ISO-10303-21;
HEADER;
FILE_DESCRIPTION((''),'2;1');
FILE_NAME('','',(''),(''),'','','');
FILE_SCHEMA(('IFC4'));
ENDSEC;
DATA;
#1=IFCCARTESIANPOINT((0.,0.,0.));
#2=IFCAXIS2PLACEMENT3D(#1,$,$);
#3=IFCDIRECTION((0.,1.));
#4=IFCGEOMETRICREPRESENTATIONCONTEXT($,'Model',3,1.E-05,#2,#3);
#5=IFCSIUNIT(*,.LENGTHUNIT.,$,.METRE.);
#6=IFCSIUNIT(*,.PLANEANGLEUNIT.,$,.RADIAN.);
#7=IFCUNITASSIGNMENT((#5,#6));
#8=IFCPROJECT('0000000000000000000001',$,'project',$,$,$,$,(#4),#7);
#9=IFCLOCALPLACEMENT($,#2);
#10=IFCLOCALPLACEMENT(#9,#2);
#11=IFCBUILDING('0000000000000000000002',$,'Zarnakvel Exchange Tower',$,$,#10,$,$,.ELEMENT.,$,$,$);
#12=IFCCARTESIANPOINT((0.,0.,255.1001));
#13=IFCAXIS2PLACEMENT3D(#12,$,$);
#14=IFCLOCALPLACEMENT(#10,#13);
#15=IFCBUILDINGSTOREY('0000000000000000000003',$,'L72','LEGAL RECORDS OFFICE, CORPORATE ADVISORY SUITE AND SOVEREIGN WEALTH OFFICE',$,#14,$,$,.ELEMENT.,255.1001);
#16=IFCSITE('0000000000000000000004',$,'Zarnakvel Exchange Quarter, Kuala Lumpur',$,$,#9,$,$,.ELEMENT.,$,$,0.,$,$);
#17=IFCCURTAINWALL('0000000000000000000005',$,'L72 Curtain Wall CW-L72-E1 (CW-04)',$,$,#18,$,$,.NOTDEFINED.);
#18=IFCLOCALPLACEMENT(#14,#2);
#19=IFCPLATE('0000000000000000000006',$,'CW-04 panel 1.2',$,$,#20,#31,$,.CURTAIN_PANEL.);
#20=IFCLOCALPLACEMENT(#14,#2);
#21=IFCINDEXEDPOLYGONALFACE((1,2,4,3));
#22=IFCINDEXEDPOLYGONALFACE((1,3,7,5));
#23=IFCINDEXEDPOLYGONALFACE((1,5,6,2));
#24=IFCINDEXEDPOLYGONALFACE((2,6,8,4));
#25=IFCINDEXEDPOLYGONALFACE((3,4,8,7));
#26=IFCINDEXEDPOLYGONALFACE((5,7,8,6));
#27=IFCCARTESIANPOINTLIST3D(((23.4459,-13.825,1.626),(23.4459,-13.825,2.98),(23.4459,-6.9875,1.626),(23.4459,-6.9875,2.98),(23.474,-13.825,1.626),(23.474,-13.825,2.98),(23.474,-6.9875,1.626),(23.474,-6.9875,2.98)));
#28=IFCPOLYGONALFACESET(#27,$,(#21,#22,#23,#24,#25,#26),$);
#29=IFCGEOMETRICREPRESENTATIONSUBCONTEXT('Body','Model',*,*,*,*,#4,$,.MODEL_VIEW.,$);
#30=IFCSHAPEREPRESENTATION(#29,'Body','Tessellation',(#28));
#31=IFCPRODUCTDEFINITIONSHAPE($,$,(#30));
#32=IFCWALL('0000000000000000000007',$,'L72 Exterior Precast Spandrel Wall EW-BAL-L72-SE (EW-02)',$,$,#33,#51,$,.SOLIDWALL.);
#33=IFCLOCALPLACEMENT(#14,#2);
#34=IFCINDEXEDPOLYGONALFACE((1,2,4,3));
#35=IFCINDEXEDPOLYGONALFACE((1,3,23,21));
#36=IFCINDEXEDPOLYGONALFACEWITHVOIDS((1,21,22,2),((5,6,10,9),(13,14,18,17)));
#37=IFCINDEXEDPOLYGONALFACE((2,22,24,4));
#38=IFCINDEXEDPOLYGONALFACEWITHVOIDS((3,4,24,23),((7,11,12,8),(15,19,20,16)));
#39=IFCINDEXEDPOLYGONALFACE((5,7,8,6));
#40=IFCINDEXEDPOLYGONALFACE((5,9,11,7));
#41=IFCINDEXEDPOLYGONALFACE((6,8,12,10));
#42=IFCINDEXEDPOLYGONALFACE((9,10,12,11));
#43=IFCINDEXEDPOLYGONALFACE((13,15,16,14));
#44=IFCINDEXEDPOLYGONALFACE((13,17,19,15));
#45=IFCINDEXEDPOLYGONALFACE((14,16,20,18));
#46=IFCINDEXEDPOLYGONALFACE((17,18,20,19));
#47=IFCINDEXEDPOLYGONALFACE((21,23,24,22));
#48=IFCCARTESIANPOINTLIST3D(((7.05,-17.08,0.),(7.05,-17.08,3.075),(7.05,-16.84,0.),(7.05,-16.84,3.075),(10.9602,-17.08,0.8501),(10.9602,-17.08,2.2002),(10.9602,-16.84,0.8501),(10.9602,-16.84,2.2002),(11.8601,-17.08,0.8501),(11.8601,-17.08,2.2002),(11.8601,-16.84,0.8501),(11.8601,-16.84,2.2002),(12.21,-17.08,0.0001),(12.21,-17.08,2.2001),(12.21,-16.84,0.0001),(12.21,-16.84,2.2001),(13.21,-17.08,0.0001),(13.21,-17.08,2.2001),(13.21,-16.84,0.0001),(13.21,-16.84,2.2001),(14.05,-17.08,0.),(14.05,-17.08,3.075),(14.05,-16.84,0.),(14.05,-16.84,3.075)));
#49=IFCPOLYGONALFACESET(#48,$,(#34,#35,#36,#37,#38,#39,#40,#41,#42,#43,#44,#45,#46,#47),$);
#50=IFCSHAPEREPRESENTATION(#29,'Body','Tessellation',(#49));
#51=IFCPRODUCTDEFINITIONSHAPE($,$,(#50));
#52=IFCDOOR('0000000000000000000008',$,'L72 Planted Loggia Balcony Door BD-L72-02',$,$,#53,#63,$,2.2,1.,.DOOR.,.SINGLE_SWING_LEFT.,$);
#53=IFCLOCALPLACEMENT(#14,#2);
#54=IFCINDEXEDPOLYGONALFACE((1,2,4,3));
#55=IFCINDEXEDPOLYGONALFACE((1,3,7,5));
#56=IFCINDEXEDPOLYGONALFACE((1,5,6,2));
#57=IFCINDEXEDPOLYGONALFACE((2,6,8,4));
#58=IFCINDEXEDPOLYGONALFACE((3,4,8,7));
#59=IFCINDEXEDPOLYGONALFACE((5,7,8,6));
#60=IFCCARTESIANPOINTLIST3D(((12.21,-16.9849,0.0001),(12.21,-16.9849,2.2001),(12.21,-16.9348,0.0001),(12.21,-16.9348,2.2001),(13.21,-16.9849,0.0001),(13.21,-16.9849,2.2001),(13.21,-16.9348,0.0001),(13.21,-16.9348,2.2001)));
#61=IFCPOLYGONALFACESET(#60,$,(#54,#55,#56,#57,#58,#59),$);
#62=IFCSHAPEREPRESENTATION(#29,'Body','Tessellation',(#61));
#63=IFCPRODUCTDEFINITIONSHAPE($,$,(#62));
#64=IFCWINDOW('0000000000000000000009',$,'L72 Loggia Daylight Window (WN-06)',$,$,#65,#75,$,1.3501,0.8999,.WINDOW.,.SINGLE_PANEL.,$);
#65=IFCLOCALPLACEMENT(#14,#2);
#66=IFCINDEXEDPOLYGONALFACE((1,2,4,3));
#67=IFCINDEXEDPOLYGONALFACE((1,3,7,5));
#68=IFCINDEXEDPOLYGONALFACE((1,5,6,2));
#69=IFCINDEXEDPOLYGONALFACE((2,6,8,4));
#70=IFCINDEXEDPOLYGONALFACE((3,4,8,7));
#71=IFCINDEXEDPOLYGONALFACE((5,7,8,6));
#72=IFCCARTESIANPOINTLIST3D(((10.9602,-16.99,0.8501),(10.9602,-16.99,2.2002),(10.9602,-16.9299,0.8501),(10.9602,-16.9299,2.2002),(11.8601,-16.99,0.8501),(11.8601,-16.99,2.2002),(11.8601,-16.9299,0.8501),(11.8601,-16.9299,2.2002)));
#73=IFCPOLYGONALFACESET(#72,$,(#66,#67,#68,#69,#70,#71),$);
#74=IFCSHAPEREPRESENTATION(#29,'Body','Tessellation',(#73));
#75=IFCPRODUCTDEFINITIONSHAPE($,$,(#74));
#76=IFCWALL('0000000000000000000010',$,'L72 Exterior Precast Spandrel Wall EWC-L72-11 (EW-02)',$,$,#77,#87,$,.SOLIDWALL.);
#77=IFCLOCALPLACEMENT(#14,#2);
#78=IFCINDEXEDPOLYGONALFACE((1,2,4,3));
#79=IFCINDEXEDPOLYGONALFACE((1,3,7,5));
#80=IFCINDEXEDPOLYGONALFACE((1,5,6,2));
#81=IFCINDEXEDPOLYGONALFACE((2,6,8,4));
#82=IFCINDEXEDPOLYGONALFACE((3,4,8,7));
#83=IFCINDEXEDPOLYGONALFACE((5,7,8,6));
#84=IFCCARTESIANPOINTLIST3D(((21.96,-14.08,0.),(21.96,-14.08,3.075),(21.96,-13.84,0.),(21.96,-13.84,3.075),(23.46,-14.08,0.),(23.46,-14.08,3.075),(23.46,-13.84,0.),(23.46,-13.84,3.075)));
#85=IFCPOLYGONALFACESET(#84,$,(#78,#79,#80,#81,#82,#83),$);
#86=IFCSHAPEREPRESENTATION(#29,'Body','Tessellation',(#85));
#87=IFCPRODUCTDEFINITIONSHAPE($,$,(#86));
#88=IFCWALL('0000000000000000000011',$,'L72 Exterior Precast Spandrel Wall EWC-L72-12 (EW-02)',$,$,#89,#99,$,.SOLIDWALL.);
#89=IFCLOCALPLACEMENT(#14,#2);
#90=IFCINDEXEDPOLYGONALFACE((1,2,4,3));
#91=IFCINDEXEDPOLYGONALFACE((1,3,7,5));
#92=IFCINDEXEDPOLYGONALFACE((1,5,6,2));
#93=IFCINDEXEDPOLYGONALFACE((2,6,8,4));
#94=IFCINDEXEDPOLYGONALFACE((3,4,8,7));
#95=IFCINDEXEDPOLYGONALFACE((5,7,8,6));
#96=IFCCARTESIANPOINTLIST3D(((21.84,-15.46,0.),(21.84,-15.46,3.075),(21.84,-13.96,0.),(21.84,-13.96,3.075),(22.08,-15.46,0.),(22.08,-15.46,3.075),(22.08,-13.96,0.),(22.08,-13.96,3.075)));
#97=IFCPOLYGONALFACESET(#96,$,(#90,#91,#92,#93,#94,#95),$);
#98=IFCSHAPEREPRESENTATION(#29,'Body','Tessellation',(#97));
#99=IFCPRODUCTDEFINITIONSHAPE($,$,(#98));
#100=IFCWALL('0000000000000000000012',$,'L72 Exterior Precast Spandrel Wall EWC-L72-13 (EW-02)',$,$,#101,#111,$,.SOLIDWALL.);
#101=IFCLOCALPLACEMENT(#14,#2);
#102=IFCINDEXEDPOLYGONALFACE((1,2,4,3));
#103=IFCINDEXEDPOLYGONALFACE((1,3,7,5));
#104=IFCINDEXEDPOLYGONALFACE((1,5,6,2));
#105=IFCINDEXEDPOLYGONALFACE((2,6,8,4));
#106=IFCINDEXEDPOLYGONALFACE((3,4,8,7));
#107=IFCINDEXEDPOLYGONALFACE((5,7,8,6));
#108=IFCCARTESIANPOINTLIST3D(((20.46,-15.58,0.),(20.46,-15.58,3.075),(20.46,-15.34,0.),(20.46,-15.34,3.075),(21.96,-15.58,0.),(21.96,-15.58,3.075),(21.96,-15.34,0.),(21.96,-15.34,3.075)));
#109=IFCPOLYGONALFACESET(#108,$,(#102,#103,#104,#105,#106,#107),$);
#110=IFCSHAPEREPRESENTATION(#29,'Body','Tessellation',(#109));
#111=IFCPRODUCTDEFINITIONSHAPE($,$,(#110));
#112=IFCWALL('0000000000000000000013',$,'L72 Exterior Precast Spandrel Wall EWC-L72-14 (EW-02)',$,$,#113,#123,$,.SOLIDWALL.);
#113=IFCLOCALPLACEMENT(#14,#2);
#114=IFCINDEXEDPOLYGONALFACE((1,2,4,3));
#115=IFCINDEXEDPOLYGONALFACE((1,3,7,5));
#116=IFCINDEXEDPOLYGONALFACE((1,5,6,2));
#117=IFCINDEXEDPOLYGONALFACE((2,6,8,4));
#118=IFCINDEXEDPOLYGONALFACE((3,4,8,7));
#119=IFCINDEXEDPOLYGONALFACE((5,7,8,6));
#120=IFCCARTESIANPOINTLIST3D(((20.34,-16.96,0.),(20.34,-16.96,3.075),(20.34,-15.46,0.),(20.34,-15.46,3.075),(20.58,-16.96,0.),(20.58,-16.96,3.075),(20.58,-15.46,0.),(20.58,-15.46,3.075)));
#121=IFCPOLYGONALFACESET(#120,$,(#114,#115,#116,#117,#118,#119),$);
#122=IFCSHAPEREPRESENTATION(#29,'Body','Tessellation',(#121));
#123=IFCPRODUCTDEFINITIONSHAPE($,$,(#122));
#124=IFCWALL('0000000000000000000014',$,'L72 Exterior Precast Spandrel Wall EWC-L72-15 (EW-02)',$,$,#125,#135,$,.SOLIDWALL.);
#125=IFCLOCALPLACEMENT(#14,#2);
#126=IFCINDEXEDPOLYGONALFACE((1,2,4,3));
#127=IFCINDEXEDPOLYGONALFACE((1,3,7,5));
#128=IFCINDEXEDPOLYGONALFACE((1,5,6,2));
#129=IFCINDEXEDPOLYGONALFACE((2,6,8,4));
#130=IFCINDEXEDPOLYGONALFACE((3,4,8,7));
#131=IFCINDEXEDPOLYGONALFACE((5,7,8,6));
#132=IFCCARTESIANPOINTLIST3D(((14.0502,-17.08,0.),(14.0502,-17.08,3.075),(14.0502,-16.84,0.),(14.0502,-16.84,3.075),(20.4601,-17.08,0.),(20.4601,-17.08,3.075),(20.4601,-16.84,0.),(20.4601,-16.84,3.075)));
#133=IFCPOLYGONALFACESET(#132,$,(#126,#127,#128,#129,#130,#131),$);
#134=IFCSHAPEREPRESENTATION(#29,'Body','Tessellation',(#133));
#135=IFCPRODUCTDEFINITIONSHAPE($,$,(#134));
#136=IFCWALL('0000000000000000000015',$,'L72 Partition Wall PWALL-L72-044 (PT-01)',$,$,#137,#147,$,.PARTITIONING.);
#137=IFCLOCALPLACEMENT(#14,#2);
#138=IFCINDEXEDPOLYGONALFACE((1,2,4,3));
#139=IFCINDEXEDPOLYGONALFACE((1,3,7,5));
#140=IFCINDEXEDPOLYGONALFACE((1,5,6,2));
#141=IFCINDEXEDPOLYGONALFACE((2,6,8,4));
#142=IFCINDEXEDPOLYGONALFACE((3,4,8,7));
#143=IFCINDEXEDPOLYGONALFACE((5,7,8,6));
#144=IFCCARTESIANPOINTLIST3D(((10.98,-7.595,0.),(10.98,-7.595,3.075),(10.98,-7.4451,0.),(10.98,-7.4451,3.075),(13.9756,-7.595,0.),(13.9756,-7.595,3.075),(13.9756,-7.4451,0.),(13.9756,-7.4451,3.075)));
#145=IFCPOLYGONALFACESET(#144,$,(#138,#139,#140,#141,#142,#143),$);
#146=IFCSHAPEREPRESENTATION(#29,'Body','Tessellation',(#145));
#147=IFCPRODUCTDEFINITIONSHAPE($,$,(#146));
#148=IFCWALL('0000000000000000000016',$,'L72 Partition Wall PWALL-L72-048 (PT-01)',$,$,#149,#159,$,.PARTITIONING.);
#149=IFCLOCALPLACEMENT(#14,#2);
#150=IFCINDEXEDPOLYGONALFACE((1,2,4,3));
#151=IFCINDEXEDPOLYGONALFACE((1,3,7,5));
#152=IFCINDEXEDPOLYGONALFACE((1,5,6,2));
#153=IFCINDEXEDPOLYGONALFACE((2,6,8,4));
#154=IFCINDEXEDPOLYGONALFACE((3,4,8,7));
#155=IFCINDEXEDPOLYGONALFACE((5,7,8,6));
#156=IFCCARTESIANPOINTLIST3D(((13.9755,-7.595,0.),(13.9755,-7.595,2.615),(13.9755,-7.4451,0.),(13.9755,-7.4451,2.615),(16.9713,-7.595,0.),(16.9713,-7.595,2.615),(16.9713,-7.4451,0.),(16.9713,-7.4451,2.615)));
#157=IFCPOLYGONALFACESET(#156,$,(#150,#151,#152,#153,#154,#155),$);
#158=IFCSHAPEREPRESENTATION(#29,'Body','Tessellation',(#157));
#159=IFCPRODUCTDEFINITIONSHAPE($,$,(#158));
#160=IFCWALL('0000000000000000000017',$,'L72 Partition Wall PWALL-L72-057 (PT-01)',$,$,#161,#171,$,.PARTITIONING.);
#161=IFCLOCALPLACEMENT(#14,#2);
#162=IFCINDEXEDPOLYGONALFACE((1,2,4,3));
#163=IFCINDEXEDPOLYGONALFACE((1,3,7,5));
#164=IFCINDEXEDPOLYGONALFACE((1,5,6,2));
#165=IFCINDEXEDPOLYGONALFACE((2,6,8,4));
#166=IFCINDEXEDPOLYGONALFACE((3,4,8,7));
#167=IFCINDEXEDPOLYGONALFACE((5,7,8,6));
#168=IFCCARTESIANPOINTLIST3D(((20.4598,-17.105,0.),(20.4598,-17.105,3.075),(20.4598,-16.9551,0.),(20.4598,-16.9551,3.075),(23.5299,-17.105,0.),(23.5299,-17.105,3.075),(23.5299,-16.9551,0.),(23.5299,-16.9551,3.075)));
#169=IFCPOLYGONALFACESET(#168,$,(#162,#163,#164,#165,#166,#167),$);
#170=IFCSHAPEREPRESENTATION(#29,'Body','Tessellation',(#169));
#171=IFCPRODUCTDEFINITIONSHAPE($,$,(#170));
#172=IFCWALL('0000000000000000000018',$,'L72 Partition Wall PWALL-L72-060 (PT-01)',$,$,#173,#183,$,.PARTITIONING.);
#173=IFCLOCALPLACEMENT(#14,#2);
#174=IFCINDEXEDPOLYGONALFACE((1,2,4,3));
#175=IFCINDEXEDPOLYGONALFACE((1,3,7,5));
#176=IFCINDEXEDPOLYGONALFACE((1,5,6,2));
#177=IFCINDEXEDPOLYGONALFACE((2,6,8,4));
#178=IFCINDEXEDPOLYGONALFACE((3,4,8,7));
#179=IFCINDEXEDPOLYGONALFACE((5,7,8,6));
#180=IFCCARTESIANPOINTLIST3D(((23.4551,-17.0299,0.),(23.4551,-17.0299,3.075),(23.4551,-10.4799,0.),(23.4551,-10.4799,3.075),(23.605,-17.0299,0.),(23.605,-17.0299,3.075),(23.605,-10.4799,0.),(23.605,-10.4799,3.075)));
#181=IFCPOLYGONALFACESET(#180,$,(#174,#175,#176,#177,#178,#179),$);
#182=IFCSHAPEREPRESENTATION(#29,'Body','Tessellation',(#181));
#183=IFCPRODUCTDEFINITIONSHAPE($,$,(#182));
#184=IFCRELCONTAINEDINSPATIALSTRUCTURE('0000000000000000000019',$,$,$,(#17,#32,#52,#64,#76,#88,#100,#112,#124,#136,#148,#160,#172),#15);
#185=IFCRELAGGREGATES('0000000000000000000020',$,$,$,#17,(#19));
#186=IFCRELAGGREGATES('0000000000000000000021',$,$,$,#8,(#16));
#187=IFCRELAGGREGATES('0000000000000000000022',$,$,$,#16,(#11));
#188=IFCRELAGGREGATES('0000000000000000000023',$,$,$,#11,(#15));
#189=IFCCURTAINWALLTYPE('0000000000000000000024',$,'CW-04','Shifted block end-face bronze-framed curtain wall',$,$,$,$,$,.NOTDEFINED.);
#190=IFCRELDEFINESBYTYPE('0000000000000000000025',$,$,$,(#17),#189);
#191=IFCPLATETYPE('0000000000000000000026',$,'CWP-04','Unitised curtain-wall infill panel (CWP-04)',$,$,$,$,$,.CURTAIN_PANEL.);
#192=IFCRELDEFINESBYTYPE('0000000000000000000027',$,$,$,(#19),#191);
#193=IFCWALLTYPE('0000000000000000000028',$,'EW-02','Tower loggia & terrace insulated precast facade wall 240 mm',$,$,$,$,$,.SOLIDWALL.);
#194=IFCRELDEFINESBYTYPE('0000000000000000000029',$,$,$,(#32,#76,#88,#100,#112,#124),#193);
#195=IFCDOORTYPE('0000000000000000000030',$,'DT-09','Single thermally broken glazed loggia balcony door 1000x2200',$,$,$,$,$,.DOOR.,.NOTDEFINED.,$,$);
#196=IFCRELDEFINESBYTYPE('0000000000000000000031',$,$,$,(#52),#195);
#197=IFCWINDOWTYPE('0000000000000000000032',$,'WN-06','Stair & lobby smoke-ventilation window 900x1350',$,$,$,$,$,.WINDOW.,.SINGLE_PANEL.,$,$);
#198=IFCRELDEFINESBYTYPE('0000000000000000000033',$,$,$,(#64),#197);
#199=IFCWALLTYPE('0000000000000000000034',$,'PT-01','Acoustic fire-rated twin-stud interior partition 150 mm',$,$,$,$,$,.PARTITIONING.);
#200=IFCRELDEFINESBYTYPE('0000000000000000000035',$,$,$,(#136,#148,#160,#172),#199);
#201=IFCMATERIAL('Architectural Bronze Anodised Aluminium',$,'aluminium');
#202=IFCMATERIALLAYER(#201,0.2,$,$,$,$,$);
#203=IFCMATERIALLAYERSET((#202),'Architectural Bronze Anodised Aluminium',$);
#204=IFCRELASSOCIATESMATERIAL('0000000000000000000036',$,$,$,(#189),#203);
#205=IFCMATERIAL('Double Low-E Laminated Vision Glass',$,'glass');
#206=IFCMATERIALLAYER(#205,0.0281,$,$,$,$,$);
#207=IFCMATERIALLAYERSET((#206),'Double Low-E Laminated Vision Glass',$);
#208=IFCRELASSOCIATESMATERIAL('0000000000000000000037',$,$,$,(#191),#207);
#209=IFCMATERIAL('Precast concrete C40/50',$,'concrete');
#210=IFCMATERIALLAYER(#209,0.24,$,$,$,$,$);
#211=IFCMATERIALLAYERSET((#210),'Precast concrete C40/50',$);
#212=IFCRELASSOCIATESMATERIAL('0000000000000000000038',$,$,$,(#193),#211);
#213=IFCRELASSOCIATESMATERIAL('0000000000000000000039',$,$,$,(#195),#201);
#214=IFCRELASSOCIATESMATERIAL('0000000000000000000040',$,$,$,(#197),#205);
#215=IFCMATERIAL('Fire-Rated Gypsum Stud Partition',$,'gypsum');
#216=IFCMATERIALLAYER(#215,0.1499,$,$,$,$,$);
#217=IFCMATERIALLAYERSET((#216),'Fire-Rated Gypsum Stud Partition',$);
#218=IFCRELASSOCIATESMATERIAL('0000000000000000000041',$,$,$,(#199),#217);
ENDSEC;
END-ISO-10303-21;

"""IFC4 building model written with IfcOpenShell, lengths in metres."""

from ifc_helpers import new_model, si_unit, direction, frame, frame_2d, origin, origin_2d, place, context, subcontext, project, spatial, rectangle, extrude, source, transform, mapped, material, layer, layer_set, type_object, element, fill, aggregate, save


model = new_model("IFC4")

# Units and contexts
model_context = context("Model", 3, precision=1e-05, world=origin(), true_north=direction((0.0, 1.0)))
body_context = subcontext(model_context, "Body", "Model", "MODEL_VIEW")
ifc_project = project(units=[si_unit("LENGTHUNIT", "METRE"), si_unit("PLANEANGLEUNIT", "RADIAN")], contexts=[model_context])

# Site, building, storey
site_placement = place(None, origin())
site = spatial("IfcSite", under=ifc_project, at=site_placement, Name="Zarnakvel Exchange Quarter, Kuala Lumpur", CompositionType="ELEMENT", RefElevation=0.0)
building_placement = place(site_placement, origin())
building = spatial("IfcBuilding", under=site, at=building_placement, Name="Zarnakvel Exchange Tower", CompositionType="ELEMENT")
storey_placement = place(building_placement, frame((0.0, 0.0, 255.1001)))
storey = spatial("IfcBuildingStorey", under=building, at=storey_placement, Name="L72", Description="LEGAL RECORDS OFFICE, CORPORATE ADVISORY SUITE AND SOVEREIGN WEALTH OFFICE", CompositionType="ELEMENT", Elevation=255.1001)

# Curtain wall, plate
ifc_material_1 = material(Name="Architectural Bronze Anodised Aluminium", Category="aluminium")
ifc_layer_1 = layer(ifc_material_1, 0.2)
ifc_layer_set_1 = layer_set([ifc_layer_1], Name="Architectural Bronze Anodised Aluminium")
curtain_wall_type = type_object("IfcCurtainWallType", Name="CW-04", Description="Shifted block end-face bronze-framed curtain wall", PredefinedType="NOTDEFINED", material=ifc_layer_set_1)
curtain_wall_placement = place(storey_placement, origin())
curtain_wall = element("IfcCurtainWall", 1, at=curtain_wall_placement, inside=storey, type_object=curtain_wall_type, Name="L72 Curtain Wall CW-L72-E1 (CW-04)", PredefinedType="NOTDEFINED")
ifc_material_2 = material(Name="Double Low-E Laminated Vision Glass", Category="glass")
ifc_layer_2 = layer(ifc_material_2, 0.0281)
ifc_layer_set_2 = layer_set([ifc_layer_2], Name="Double Low-E Laminated Vision Glass")
plate_type = type_object("IfcPlateType", Name="CWP-04", Description="Unitised curtain-wall infill panel (CWP-04)", PredefinedType="CURTAIN_PANEL", material=ifc_layer_set_2)
shared_shape_1 = source(origin(), body_context, "Body", "SweptSolid", [
    extrude(rectangle(XDim=6.8374, YDim=0.0281, at=origin_2d()), origin(), (0.0, 0.0, 1.0), 1.354),
])
plate_1_placement = place(storey_placement, frame((23.46, -10.4062, 1.626), z_axis=(0.0, 0.0, 1.0), x_axis=(0.0, 1.0, 0.0)))
plate_1 = element("IfcPlate", 2, at=plate_1_placement, type_object=plate_type, Name="CW-04 panel 1.2", PredefinedType="CURTAIN_PANEL", context=body_context, shape_type="MappedRepresentation", body=[
    mapped(shared_shape_1, transform((0.0, 0.0, 0.0), x_axis=(1.0, 0.0, 0.0), y_axis=(0.0, 1.0, 0.0), z_axis=(0.0, 0.0, 1.0), scale=1.0)),
])
aggregate(curtain_wall, [plate_1])

# Wall, openings, door, window
ifc_material_3 = material(Name="Precast concrete C40/50", Category="concrete")
ifc_layer_3 = layer(ifc_material_3, 0.24)
ifc_layer_set_3 = layer_set([ifc_layer_3], Name="Precast concrete C40/50")
wall_type_1 = type_object("IfcWallType", Name="EW-02", Description="Tower loggia & terrace insulated precast facade wall 240 mm", PredefinedType="SOLIDWALL", material=ifc_layer_set_3)
wall_1_placement = place(storey_placement, frame((14.05, -16.96, 0.0), z_axis=(0.0, 0.0, 1.0), x_axis=(-1.0, 0.0, 0.0)))
wall_1 = element("IfcWall", 3, at=wall_1_placement, inside=storey, type_object=wall_type_1, Name="L72 Exterior Precast Spandrel Wall EW-BAL-L72-SE (EW-02)", PredefinedType="SOLIDWALL", context=body_context, shape_type="SweptSolid", body=[
    extrude(rectangle(XDim=7.0, YDim=0.24, at=frame_2d((3.5, 0.0))), origin(), (0.0, 0.0, 1.0), 3.075),
])
opening_1_placement = place(wall_1_placement, frame((0.8401, 0.0, 0.0)))
opening_1 = element("IfcOpeningElement", 4, at=opening_1_placement, cuts=wall_1, PredefinedType="OPENING", context=body_context, shape_type="SweptSolid", body=[
    extrude(rectangle(XDim=1.0, YDim=2.2, at=frame_2d((0.5, 1.1001))), frame((0.0, 0.1299, 0.0), z_axis=(0.0, -1.0, 0.0), x_axis=(1.0, 0.0, 0.0)), (0.0, 0.0, 1.0), 0.26),
])
opening_2_placement = place(wall_1_placement, frame((2.1899, 0.0, 0.8501)))
opening_2 = element("IfcOpeningElement", 5, at=opening_2_placement, cuts=wall_1, PredefinedType="OPENING", context=body_context, shape_type="SweptSolid", body=[
    extrude(rectangle(XDim=0.8999, YDim=1.3501, at=frame_2d((0.45, 0.675))), frame((0.0, 0.1299, 0.0), z_axis=(0.0, -1.0, 0.0), x_axis=(1.0, 0.0, 0.0)), (0.0, 0.0, 1.0), 0.26),
])
door_type = type_object("IfcDoorType", Name="DT-09", Description="Single thermally broken glazed loggia balcony door 1000x2200", OperationType="NOTDEFINED", PredefinedType="DOOR", material=ifc_material_1)
shared_shape_2 = source(origin(), body_context, "Body", "SweptSolid", [
    extrude(rectangle(XDim=1.0, YDim=2.2, at=frame_2d((0.5, 1.1001))), frame((0.0, 0.0249, 0.0), z_axis=(0.0, -1.0, 0.0), x_axis=(1.0, 0.0, 0.0)), (0.0, 0.0, 1.0), 0.05),
])
door_placement = place(opening_1_placement, origin())
door = element("IfcDoor", 6, at=door_placement, inside=storey, type_object=door_type, Name="L72 Planted Loggia Balcony Door BD-L72-02", OperationType="SINGLE_SWING_LEFT", OverallHeight=2.2, OverallWidth=1.0, PredefinedType="DOOR", context=body_context, shape_type="MappedRepresentation", body=[
    mapped(shared_shape_2, transform((0.0, 0.0, 0.0), x_axis=(1.0, 0.0, 0.0), y_axis=(0.0, 1.0, 0.0), z_axis=(0.0, 0.0, 1.0), scale=1.0)),
])
fill(opening_1, door)
window_type = type_object("IfcWindowType", Name="WN-06", Description="Stair & lobby smoke-ventilation window 900x1350", PartitioningType="SINGLE_PANEL", PredefinedType="WINDOW", material=ifc_material_2)
shared_shape_3 = source(origin(), body_context, "Body", "SweptSolid", [
    extrude(rectangle(XDim=0.8999, YDim=1.3501, at=frame_2d((0.45, 0.675))), frame((0.0, 0.03, 0.0), z_axis=(0.0, -1.0, 0.0), x_axis=(1.0, 0.0, 0.0)), (0.0, 0.0, 1.0), 0.0601),
])
window_placement = place(opening_2_placement, origin())
window = element("IfcWindow", 7, at=window_placement, inside=storey, type_object=window_type, Name="L72 Loggia Daylight Window (WN-06)", OverallHeight=1.3501, OverallWidth=0.8999, PartitioningType="SINGLE_PANEL", PredefinedType="WINDOW", context=body_context, shape_type="MappedRepresentation", body=[
    mapped(shared_shape_3, transform((0.0, 0.0, 0.0), x_axis=(1.0, 0.0, 0.0), y_axis=(0.0, 1.0, 0.0), z_axis=(0.0, 0.0, 1.0), scale=1.0)),
])
fill(opening_2, window)

# Walls
for number, where, z_axis, x_axis, name in (
    (8, (21.96, -13.96, 0.0), (0.0, 0.0, 1.0), (1.0, 0.0, 0.0), "L72 Exterior Precast Spandrel Wall EWC-L72-11 (EW-02)"),
    (9, (21.96, -15.46, 0.0), (0.0, 0.0, 1.0), (0.0, 1.0, 0.0), "L72 Exterior Precast Spandrel Wall EWC-L72-12 (EW-02)"),
    (10, (20.46, -15.46, 0.0), (0.0, 0.0, 1.0), (1.0, 0.0, 0.0), "L72 Exterior Precast Spandrel Wall EWC-L72-13 (EW-02)"),
    (11, (20.46, -16.96, 0.0), (0.0, 0.0, 1.0), (0.0, 1.0, 0.0), "L72 Exterior Precast Spandrel Wall EWC-L72-14 (EW-02)"),
):
    element("IfcWall", number, at=place(storey_placement, frame(where, z_axis=z_axis, x_axis=x_axis)), inside=storey, type_object=wall_type_1, Name=name, PredefinedType="SOLIDWALL", context=body_context, shape_type="SweptSolid", body=[
        extrude(rectangle(XDim=1.5, YDim=0.24, at=frame_2d((0.75, 0.0))), origin(), (0.0, 0.0, 1.0), 3.075),
    ])
wall_2_placement = place(storey_placement, frame((14.05, -16.96, 0.0), z_axis=(0.0, 0.0, 1.0), x_axis=(1.0, 0.0, 0.0)))
element("IfcWall", 12, at=wall_2_placement, inside=storey, type_object=wall_type_1, Name="L72 Exterior Precast Spandrel Wall EWC-L72-15 (EW-02)", PredefinedType="SOLIDWALL", context=body_context, shape_type="SweptSolid", body=[
    extrude(rectangle(XDim=6.4099, YDim=0.24, at=frame_2d((3.2051, 0.0))), origin(), (0.0, 0.0, 1.0), 3.075),
])
ifc_material_4 = material(Name="Fire-Rated Gypsum Stud Partition", Category="gypsum")
ifc_layer_4 = layer(ifc_material_4, 0.1499)
ifc_layer_set_4 = layer_set([ifc_layer_4], Name="Fire-Rated Gypsum Stud Partition")
wall_type_2 = type_object("IfcWallType", Name="PT-01", Description="Acoustic fire-rated twin-stud interior partition 150 mm", PredefinedType="PARTITIONING", material=ifc_layer_set_4)
wall_3_placement = place(storey_placement, frame((13.9756, -7.52, 0.0), z_axis=(0.0, 0.0, 1.0), x_axis=(-1.0, 0.0, 0.0)))
element("IfcWall", 13, at=wall_3_placement, inside=storey, type_object=wall_type_2, Name="L72 Partition Wall PWALL-L72-044 (PT-01)", PredefinedType="PARTITIONING", context=body_context, shape_type="SweptSolid", body=[
    extrude(rectangle(XDim=2.9956, YDim=0.1499, at=frame_2d((1.4978, 0.0))), origin(), (0.0, 0.0, 1.0), 3.075),
])
wall_4_placement = place(storey_placement, frame((16.9714, -7.52, 0.0), z_axis=(0.0, 0.0, 1.0), x_axis=(-1.0, 0.0, 0.0)))
element("IfcWall", 14, at=wall_4_placement, inside=storey, type_object=wall_type_2, Name="L72 Partition Wall PWALL-L72-048 (PT-01)", PredefinedType="PARTITIONING", context=body_context, shape_type="SweptSolid", body=[
    extrude(rectangle(XDim=2.9958, YDim=0.1499, at=frame_2d((1.498, 0.0))), origin(), (0.0, 0.0, 1.0), 2.615),
])
wall_5_placement = place(storey_placement, frame((23.53, -17.03, 0.0), z_axis=(0.0, 0.0, 1.0), x_axis=(-1.0, 0.0, 0.0)))
element("IfcWall", 15, at=wall_5_placement, inside=storey, type_object=wall_type_2, Name="L72 Partition Wall PWALL-L72-057 (PT-01)", PredefinedType="PARTITIONING", context=body_context, shape_type="SweptSolid", body=[
    extrude(rectangle(XDim=3.0701, YDim=0.1499, at=frame_2d((1.5352, 0.0))), origin(), (0.0, 0.0, 1.0), 3.075),
])
wall_6_placement = place(storey_placement, frame((23.53, -10.48, 0.0), z_axis=(0.0, 0.0, 1.0), x_axis=(0.0, -1.0, 0.0)))
element("IfcWall", 16, at=wall_6_placement, inside=storey, type_object=wall_type_2, Name="L72 Partition Wall PWALL-L72-060 (PT-01)", PredefinedType="PARTITIONING", context=body_context, shape_type="SweptSolid", body=[
    extrude(rectangle(XDim=6.55, YDim=0.1499, at=frame_2d((3.2749, 0.0))), origin(), (0.0, 0.0, 1.0), 3.075),
])

save(model, "model.ifc")
